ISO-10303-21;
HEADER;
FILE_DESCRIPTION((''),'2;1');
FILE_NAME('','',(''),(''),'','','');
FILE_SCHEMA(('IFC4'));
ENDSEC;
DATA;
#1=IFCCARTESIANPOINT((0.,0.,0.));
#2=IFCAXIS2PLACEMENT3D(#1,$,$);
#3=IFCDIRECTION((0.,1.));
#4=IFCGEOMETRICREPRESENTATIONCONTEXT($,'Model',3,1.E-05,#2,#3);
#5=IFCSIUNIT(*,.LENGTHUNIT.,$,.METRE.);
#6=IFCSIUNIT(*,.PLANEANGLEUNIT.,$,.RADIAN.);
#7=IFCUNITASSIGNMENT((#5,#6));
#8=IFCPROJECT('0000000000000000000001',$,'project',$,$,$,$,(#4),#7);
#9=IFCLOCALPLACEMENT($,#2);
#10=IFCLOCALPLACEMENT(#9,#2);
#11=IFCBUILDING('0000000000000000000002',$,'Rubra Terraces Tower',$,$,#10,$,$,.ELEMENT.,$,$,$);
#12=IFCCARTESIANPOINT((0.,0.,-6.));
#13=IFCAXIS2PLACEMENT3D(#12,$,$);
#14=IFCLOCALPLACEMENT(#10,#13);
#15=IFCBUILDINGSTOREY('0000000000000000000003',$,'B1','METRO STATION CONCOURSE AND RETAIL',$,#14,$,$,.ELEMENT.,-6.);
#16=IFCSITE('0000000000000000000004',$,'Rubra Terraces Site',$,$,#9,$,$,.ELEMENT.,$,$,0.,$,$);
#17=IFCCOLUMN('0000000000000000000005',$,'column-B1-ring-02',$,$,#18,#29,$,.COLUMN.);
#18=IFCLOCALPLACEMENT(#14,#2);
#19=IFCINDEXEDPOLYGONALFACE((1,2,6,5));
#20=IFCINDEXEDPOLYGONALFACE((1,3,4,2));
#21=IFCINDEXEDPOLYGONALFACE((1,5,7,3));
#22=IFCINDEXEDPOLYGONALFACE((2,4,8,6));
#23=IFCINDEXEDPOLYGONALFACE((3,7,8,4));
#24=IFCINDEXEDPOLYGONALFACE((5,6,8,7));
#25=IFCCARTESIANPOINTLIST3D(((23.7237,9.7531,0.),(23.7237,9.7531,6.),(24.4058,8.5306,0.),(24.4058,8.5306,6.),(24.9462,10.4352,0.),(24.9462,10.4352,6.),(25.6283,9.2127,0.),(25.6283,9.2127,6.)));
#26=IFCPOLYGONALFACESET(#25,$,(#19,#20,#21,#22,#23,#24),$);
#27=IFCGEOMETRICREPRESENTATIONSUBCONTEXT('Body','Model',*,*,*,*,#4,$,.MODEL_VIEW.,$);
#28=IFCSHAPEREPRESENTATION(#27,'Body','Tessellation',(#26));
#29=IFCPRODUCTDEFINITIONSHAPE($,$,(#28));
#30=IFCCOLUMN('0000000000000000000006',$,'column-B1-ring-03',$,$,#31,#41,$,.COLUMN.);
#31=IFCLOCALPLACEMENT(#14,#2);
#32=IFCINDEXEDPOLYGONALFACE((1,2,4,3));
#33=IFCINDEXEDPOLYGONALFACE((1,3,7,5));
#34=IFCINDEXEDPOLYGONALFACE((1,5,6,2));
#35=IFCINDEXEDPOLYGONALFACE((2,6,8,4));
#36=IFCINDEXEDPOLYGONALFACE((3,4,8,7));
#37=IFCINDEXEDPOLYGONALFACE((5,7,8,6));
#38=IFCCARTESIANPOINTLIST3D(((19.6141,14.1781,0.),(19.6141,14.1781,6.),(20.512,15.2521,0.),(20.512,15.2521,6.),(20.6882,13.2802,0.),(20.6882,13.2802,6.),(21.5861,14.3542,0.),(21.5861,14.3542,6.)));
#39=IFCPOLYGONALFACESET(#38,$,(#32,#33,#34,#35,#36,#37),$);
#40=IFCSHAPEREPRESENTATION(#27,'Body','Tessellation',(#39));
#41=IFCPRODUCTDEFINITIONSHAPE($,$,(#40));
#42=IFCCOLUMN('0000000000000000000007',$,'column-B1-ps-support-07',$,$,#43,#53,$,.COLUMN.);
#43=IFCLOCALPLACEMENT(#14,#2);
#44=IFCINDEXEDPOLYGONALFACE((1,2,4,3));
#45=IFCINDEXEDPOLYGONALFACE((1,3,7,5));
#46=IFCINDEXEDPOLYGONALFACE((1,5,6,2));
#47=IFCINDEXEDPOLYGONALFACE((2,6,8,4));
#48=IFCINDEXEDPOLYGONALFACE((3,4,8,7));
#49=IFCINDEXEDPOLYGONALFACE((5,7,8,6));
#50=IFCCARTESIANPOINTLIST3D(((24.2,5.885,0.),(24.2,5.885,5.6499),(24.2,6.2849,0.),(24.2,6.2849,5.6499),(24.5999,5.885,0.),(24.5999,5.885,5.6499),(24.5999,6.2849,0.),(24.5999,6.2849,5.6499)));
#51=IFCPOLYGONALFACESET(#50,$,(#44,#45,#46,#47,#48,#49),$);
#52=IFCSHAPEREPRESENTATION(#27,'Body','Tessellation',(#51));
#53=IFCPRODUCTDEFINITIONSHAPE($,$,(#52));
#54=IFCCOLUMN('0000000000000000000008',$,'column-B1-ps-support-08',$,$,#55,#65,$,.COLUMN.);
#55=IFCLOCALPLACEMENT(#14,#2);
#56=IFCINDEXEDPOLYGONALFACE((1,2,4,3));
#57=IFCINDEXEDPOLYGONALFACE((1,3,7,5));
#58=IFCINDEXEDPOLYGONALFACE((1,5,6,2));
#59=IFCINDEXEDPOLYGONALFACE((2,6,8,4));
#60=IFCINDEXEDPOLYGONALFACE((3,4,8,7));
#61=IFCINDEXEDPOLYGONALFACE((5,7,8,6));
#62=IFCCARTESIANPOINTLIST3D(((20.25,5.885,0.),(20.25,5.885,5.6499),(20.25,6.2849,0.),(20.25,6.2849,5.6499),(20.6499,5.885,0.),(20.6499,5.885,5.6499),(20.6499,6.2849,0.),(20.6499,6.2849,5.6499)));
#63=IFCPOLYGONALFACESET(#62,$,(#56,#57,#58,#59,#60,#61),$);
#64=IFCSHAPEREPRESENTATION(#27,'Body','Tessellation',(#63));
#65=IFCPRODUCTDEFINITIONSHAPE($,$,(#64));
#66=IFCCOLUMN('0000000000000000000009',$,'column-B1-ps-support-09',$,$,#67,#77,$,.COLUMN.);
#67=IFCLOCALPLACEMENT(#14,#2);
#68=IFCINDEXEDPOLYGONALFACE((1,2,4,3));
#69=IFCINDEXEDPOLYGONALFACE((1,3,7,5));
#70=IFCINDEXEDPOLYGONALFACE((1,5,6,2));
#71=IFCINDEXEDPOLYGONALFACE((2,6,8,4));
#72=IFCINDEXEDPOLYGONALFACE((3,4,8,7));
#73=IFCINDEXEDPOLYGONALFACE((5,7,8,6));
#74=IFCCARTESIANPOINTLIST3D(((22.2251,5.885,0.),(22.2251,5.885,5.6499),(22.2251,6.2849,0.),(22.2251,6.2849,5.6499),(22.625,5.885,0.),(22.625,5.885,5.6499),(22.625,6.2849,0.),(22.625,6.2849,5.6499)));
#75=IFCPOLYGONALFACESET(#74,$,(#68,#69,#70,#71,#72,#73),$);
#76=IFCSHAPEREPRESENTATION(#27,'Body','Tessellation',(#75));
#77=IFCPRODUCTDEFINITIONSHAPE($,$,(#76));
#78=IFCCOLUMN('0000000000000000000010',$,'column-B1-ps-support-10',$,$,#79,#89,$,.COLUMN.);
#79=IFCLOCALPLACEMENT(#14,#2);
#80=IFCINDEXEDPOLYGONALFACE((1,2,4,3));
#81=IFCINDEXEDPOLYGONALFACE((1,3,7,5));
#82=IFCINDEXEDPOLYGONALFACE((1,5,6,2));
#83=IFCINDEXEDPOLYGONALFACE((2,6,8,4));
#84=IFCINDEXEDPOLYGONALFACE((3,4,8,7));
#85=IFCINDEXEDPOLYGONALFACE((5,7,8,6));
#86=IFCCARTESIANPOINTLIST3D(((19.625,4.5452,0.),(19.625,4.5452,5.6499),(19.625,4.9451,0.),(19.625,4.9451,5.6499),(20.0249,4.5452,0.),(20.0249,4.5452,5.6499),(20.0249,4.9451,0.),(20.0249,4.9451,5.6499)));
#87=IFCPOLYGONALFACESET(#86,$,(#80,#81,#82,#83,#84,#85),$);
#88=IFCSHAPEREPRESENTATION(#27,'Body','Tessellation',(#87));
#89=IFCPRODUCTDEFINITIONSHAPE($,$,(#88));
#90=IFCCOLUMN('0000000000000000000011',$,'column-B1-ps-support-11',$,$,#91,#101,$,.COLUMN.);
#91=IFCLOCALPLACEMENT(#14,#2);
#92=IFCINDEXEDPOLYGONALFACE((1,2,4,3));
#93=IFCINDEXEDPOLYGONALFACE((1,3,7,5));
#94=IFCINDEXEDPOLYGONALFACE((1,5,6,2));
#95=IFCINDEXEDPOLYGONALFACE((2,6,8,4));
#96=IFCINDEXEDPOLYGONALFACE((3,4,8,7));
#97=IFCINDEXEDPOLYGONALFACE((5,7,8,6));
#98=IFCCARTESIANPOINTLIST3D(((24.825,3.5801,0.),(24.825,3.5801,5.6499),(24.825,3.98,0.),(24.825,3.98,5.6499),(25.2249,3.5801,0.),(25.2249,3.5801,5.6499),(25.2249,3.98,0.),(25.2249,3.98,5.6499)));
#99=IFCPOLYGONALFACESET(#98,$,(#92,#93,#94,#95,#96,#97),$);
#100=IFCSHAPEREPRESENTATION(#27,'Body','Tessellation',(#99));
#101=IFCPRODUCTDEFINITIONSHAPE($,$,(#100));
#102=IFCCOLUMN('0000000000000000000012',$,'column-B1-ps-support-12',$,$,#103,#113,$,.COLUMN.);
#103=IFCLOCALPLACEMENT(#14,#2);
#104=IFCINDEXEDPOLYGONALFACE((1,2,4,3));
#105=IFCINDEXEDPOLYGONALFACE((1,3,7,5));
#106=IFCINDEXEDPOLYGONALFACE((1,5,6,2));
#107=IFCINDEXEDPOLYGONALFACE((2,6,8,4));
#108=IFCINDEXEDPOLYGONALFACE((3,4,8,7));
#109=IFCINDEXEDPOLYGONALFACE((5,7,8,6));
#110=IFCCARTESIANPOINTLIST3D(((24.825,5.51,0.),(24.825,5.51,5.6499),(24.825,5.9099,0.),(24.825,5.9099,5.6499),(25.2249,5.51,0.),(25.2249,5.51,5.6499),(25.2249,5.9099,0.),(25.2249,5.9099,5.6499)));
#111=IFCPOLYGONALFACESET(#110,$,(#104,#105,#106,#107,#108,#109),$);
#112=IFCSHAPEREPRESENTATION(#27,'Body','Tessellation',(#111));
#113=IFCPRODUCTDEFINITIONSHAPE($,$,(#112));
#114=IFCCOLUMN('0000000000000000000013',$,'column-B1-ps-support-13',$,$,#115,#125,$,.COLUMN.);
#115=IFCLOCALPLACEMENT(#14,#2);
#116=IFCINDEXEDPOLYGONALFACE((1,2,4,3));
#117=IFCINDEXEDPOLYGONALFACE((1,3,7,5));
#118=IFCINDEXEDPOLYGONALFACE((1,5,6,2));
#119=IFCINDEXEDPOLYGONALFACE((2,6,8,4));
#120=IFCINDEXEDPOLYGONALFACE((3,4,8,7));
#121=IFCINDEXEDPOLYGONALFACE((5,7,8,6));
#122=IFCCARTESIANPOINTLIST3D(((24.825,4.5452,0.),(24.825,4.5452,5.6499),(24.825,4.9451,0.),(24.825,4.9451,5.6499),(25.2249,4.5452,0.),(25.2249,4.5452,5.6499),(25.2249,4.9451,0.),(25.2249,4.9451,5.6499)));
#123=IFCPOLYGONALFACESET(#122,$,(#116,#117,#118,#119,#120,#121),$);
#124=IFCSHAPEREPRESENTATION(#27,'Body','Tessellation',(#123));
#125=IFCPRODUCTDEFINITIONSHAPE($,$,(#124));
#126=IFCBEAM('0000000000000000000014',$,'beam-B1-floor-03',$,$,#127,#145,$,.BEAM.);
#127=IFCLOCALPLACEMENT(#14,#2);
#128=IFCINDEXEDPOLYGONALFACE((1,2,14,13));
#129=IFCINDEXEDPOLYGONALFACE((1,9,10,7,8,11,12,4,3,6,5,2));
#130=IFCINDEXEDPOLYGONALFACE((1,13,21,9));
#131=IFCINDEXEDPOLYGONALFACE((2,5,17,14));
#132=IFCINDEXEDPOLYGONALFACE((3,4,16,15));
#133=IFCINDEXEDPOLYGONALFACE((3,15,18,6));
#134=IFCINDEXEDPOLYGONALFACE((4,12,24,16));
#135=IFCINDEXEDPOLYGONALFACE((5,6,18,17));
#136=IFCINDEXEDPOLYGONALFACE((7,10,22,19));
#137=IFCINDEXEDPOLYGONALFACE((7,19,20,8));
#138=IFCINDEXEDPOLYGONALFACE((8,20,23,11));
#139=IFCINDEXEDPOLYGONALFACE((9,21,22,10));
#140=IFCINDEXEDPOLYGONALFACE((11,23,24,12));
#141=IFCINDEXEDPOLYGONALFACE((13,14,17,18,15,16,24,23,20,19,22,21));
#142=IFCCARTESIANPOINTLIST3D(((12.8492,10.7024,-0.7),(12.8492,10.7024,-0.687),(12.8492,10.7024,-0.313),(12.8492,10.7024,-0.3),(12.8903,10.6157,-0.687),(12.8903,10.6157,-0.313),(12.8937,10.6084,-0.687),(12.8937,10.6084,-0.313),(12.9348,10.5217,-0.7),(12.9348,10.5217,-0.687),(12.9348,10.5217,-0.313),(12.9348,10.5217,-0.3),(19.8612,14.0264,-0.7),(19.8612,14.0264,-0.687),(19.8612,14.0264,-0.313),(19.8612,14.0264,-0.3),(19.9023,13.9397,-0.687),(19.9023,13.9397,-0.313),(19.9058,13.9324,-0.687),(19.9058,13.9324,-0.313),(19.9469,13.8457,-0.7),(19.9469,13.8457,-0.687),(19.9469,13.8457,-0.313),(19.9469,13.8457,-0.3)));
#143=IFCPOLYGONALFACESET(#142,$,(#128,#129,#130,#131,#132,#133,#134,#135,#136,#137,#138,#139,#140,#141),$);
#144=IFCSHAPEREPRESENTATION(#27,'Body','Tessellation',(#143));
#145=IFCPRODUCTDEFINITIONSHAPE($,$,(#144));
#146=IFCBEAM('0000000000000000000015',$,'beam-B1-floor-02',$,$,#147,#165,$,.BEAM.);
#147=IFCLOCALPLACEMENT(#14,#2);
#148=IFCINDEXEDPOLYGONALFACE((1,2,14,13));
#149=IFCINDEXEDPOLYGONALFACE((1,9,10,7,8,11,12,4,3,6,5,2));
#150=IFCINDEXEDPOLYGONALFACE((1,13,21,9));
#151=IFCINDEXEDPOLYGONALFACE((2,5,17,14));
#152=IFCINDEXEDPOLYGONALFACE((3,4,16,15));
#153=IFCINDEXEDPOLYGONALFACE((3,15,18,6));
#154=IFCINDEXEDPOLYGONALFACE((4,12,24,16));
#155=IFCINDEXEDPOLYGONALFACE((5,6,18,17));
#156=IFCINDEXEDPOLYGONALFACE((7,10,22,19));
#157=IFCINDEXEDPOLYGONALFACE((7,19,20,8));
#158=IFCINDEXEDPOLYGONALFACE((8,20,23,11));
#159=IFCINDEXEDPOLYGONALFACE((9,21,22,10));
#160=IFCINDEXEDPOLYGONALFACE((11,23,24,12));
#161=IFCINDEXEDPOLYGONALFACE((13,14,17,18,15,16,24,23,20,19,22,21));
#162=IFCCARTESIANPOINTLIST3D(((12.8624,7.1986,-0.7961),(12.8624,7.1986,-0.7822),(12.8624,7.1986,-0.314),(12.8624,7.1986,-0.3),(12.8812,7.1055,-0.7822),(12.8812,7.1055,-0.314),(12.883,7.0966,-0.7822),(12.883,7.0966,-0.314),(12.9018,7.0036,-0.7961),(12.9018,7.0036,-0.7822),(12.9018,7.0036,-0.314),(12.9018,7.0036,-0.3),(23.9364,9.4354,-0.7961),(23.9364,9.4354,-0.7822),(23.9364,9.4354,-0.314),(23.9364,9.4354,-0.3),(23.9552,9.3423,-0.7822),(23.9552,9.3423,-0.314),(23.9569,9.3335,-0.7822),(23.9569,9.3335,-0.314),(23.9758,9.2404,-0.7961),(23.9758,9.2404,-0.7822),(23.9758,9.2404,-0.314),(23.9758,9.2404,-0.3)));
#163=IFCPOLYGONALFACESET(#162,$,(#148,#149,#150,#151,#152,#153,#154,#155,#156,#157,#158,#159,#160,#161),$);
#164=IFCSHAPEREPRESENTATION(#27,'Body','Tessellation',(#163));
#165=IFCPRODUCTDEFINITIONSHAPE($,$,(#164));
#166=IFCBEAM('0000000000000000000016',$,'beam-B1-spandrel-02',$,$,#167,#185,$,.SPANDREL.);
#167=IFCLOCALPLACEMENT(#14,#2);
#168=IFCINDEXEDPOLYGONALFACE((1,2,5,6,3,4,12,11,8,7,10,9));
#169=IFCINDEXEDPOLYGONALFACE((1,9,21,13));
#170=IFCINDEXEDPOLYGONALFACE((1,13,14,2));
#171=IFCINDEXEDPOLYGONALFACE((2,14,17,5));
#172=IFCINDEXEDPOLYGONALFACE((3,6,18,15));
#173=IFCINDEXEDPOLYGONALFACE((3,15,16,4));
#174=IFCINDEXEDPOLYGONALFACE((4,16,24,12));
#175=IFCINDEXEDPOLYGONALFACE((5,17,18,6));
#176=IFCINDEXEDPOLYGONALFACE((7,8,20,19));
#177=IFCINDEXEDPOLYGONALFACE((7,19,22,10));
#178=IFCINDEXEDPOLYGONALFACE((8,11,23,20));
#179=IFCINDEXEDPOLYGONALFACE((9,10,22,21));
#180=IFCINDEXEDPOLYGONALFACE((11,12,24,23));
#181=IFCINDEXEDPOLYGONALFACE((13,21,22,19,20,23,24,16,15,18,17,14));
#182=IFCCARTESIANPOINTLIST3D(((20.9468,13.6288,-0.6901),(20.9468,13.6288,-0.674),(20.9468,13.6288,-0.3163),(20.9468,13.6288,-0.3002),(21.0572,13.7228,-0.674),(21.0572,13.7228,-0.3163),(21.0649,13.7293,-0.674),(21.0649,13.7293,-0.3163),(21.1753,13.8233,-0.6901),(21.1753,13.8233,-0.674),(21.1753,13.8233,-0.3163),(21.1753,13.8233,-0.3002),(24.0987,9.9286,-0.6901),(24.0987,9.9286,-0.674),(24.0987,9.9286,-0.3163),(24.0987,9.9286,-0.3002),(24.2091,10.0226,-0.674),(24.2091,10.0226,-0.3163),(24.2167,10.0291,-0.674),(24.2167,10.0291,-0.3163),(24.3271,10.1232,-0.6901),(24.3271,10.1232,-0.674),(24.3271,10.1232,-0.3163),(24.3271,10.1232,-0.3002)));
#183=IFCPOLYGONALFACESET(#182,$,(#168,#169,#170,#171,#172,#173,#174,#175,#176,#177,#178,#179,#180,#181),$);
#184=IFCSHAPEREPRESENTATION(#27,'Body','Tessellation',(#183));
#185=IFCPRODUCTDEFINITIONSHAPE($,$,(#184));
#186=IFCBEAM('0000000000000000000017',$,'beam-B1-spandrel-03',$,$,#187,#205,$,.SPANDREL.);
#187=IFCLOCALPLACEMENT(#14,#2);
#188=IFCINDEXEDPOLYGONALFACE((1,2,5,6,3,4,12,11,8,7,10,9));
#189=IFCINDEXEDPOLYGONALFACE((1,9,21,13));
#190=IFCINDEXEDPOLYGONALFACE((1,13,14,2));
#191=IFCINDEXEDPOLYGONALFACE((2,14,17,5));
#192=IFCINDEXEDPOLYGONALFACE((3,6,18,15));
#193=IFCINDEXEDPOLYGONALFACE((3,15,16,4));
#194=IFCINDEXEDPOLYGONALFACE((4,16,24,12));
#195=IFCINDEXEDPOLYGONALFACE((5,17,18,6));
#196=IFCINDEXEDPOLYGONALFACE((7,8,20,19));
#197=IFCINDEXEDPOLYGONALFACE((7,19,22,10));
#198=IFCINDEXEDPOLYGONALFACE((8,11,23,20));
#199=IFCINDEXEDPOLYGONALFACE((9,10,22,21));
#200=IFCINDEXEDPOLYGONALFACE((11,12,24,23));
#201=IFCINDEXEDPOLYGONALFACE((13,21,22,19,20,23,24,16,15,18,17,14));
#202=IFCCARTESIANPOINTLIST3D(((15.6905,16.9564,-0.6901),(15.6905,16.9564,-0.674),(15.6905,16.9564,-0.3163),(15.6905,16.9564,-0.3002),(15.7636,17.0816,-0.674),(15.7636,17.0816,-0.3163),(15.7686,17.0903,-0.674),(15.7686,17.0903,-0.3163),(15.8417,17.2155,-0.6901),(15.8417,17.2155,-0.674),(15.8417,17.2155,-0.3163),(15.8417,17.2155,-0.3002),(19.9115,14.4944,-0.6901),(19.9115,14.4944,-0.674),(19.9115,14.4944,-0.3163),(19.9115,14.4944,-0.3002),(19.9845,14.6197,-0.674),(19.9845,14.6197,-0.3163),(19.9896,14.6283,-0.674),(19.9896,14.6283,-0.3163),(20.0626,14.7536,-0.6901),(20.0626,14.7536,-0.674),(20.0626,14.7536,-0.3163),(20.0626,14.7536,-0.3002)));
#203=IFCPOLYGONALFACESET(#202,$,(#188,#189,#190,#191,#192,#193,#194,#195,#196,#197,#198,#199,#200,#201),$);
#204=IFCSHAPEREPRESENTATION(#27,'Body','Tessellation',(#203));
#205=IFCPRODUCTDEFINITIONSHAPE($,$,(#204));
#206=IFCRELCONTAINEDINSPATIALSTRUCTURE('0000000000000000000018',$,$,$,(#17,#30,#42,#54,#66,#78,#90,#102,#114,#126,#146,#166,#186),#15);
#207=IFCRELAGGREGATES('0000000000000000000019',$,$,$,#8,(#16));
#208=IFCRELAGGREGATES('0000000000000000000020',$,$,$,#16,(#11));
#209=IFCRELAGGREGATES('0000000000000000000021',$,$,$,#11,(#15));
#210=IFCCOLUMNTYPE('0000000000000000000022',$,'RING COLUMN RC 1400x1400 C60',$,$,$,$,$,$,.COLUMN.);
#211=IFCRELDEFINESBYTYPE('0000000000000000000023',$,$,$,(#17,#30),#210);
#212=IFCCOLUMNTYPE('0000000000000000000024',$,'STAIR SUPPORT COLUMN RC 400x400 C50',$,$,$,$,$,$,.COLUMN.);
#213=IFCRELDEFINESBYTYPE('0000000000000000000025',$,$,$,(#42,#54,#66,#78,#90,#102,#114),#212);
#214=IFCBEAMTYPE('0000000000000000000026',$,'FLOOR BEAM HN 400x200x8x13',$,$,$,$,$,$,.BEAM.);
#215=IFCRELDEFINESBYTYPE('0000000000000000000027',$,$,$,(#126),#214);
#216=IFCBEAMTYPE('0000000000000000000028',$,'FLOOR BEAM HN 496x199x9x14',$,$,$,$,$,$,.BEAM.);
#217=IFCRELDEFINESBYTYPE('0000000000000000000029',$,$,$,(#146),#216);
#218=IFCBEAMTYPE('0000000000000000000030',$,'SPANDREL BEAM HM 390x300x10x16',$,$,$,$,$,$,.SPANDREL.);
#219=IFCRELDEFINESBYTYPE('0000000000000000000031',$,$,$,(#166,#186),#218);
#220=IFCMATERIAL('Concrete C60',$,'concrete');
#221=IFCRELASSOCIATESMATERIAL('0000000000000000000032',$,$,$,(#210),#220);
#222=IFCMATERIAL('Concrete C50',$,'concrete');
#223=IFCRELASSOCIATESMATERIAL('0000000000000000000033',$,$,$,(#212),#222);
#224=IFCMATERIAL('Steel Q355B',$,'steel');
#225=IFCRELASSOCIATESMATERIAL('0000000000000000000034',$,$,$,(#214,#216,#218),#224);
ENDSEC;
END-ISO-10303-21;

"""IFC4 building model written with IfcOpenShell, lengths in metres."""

from ifc_helpers import new_model, si_unit, direction, frame, origin, origin_2d, place, context, subcontext, project, spatial, rectangle, i_section, extrude, material, material_profile, profile_set, type_object, element, save


model = new_model("IFC4")

# Units and contexts
model_context = context("Model", 3, precision=1e-05, world=origin(), true_north=direction((0.0, 1.0)))
body_context = subcontext(model_context, "Body", "Model", "MODEL_VIEW")
ifc_project = project(units=[si_unit("LENGTHUNIT", "METRE"), si_unit("PLANEANGLEUNIT", "RADIAN")], contexts=[model_context])

# Site, building, storey
site_placement = place(None, origin())
site = spatial("IfcSite", under=ifc_project, at=site_placement, Name="Rubra Terraces Site", CompositionType="ELEMENT", RefElevation=0.0)
building_placement = place(site_placement, origin())
building = spatial("IfcBuilding", under=site, at=building_placement, Name="Rubra Terraces Tower", CompositionType="ELEMENT")
storey_placement = place(building_placement, frame((0.0, 0.0, -6.0)))
storey = spatial("IfcBuildingStorey", under=building, at=storey_placement, Name="B1", Description="METRO STATION CONCOURSE AND RETAIL", CompositionType="ELEMENT", Elevation=-6.0)

# Columns
ifc_material_1 = material(Name="Concrete C60", Category="concrete")
ifc_material_profile_1 = material_profile(ifc_material_1, rectangle(XDim=1.3999, YDim=1.3999, at=origin_2d()), Name="RC 1400x1400")
ifc_profile_set_1 = profile_set([ifc_material_profile_1], Name="Concrete C60")
column_type_1 = type_object("IfcColumnType", Name="RING COLUMN RC 1400x1400 C60", PredefinedType="COLUMN", material=ifc_profile_set_1)
for number, where, z_axis, x_axis, name in (
    (1, (24.676, 9.4829, 0.0), (0.0, 0.0, 1.0), (-0.487227, 0.873276, 0.0), "column-B1-ring-02"),
    (2, (20.6001, 14.2661, 0.0), (0.0, 0.0, 1.0), (-0.76721, 0.641397, 0.0), "column-B1-ring-03"),
):
    element("IfcColumn", number, at=place(storey_placement, frame(where, z_axis=z_axis, x_axis=x_axis)), inside=storey, type_object=column_type_1, Name=name, PredefinedType="COLUMN", context=body_context, shape_type="SweptSolid", body=[
        extrude(rectangle(XDim=1.3999, YDim=1.3999, at=origin_2d()), origin(), (0.0, 0.0, 1.0), 6.0),
    ])
ifc_material_2 = material(Name="Concrete C50", Category="concrete")
ifc_material_profile_2 = material_profile(ifc_material_2, rectangle(XDim=0.3999, YDim=0.3999, at=origin_2d()), Name="RC 400x400")
ifc_profile_set_2 = profile_set([ifc_material_profile_2], Name="Concrete C50")
column_type_2 = type_object("IfcColumnType", Name="STAIR SUPPORT COLUMN RC 400x400 C50", PredefinedType="COLUMN", material=ifc_profile_set_2)
for number, where, z_axis, x_axis, name in (
    (3, (24.3999, 6.085, 0.0), (0.0, 0.0, 1.0), (1.0, 0.0, 0.0), "column-B1-ps-support-07"),
    (4, (20.45, 6.085, 0.0), (0.0, 0.0, 1.0), (1.0, 0.0, 0.0), "column-B1-ps-support-08"),
    (5, (22.425, 6.085, 0.0), (0.0, 0.0, 1.0), (1.0, 0.0, 0.0), "column-B1-ps-support-09"),
    (6, (19.825, 4.7451, 0.0), (0.0, 0.0, 1.0), (1.0, 0.0, 0.0), "column-B1-ps-support-10"),
    (7, (25.0249, 3.78, 0.0), (0.0, 0.0, 1.0), (1.0, 0.0, 0.0), "column-B1-ps-support-11"),
    (8, (25.0249, 5.71, 0.0), (0.0, 0.0, 1.0), (1.0, 0.0, 0.0), "column-B1-ps-support-12"),
    (9, (25.0249, 4.7451, 0.0), (0.0, 0.0, 1.0), (1.0, 0.0, 0.0), "column-B1-ps-support-13"),
):
    element("IfcColumn", number, at=place(storey_placement, frame(where, z_axis=z_axis, x_axis=x_axis)), inside=storey, type_object=column_type_2, Name=name, PredefinedType="COLUMN", context=body_context, shape_type="SweptSolid", body=[
        extrude(rectangle(XDim=0.3999, YDim=0.3999, at=origin_2d()), origin(), (0.0, 0.0, 1.0), 5.6499),
    ])

# Beams
ifc_material_3 = material(Name="Steel Q355B", Category="steel")
ifc_material_profile_3 = material_profile(ifc_material_3, i_section(OverallWidth=0.2, OverallDepth=0.3999, WebThickness=0.0081, FlangeThickness=0.0129, at=origin_2d()), Name="HN 400x200x8x13")
ifc_profile_set_3 = profile_set([ifc_material_profile_3], Name="Steel Q355B")
beam_type_1 = type_object("IfcBeamType", Name="FLOOR BEAM HN 400x200x8x13", PredefinedType="BEAM", material=ifc_profile_set_3)
beam_1_placement = place(storey_placement, frame((19.9041, 13.936, -0.5), z_axis=(-0.903612, -0.428351, 0.0), x_axis=(0.428351, -0.903612, 0.0)))
element("IfcBeam", 10, at=beam_1_placement, inside=storey, type_object=beam_type_1, Name="beam-B1-floor-03", PredefinedType="BEAM", context=body_context, shape_type="SweptSolid", body=[
    extrude(i_section(OverallWidth=0.2, OverallDepth=0.3999, WebThickness=0.0081, FlangeThickness=0.0129, at=origin_2d()), origin(), (0.0, 0.0, 1.0), 7.76),
])
ifc_material_profile_4 = material_profile(ifc_material_3, i_section(OverallWidth=0.199, OverallDepth=0.4961, WebThickness=0.009, FlangeThickness=0.0139, at=origin_2d()), Name="HN 496x199x9x14")
ifc_profile_set_4 = profile_set([ifc_material_profile_4], Name="Steel Q355B")
beam_type_2 = type_object("IfcBeamType", Name="FLOOR BEAM HN 496x199x9x14", PredefinedType="BEAM", material=ifc_profile_set_4)
beam_2_placement = place(storey_placement, frame((23.9561, 9.3379, -0.5481), z_axis=(-0.980204, -0.19799, 0.0), x_axis=(0.19799, -0.980204, 0.0)))
element("IfcBeam", 11, at=beam_2_placement, inside=storey, type_object=beam_type_2, Name="beam-B1-floor-02", PredefinedType="BEAM", context=body_context, shape_type="SweptSolid", body=[
    extrude(i_section(OverallWidth=0.199, OverallDepth=0.4961, WebThickness=0.009, FlangeThickness=0.0139, at=origin_2d()), origin(), (0.0, 0.0, 1.0), 11.2976),
])
ifc_material_profile_5 = material_profile(ifc_material_3, i_section(OverallWidth=0.3, OverallDepth=0.3899, WebThickness=0.01, FlangeThickness=0.0161, at=origin_2d()), Name="HM 390x300x10x16")
ifc_profile_set_5 = profile_set([ifc_material_profile_5], Name="Steel Q355B")
beam_type_3 = type_object("IfcBeamType", Name="SPANDREL BEAM HM 390x300x10x16", PredefinedType="SPANDREL", material=ifc_profile_set_5)
beam_3_placement = place(storey_placement, frame((24.2129, 10.0259, -0.4951), z_axis=(-0.648447, 0.76126, 0.0), x_axis=(-0.76126, -0.648447, 0.0)))
element("IfcBeam", 12, at=beam_3_placement, inside=storey, type_object=beam_type_3, Name="beam-B1-spandrel-02", PredefinedType="SPANDREL", context=body_context, shape_type="SweptSolid", body=[
    extrude(i_section(OverallWidth=0.3, OverallDepth=0.3899, WebThickness=0.01, FlangeThickness=0.0161, at=origin_2d()), origin(), (0.0, 0.0, 1.0), 4.8606),
])
beam_4_placement = place(storey_placement, frame((19.9871, 14.624, -0.4951), z_axis=(-0.863806, 0.503824, 0.0), x_axis=(-0.503824, -0.863806, 0.0)))
element("IfcBeam", 13, at=beam_4_placement, inside=storey, type_object=beam_type_3, Name="beam-B1-spandrel-03", PredefinedType="SPANDREL", context=body_context, shape_type="SweptSolid", body=[
    extrude(i_section(OverallWidth=0.3, OverallDepth=0.3899, WebThickness=0.01, FlangeThickness=0.0161, at=origin_2d()), origin(), (0.0, 0.0, 1.0), 4.8865),
])

save(model, "model.ifc")
